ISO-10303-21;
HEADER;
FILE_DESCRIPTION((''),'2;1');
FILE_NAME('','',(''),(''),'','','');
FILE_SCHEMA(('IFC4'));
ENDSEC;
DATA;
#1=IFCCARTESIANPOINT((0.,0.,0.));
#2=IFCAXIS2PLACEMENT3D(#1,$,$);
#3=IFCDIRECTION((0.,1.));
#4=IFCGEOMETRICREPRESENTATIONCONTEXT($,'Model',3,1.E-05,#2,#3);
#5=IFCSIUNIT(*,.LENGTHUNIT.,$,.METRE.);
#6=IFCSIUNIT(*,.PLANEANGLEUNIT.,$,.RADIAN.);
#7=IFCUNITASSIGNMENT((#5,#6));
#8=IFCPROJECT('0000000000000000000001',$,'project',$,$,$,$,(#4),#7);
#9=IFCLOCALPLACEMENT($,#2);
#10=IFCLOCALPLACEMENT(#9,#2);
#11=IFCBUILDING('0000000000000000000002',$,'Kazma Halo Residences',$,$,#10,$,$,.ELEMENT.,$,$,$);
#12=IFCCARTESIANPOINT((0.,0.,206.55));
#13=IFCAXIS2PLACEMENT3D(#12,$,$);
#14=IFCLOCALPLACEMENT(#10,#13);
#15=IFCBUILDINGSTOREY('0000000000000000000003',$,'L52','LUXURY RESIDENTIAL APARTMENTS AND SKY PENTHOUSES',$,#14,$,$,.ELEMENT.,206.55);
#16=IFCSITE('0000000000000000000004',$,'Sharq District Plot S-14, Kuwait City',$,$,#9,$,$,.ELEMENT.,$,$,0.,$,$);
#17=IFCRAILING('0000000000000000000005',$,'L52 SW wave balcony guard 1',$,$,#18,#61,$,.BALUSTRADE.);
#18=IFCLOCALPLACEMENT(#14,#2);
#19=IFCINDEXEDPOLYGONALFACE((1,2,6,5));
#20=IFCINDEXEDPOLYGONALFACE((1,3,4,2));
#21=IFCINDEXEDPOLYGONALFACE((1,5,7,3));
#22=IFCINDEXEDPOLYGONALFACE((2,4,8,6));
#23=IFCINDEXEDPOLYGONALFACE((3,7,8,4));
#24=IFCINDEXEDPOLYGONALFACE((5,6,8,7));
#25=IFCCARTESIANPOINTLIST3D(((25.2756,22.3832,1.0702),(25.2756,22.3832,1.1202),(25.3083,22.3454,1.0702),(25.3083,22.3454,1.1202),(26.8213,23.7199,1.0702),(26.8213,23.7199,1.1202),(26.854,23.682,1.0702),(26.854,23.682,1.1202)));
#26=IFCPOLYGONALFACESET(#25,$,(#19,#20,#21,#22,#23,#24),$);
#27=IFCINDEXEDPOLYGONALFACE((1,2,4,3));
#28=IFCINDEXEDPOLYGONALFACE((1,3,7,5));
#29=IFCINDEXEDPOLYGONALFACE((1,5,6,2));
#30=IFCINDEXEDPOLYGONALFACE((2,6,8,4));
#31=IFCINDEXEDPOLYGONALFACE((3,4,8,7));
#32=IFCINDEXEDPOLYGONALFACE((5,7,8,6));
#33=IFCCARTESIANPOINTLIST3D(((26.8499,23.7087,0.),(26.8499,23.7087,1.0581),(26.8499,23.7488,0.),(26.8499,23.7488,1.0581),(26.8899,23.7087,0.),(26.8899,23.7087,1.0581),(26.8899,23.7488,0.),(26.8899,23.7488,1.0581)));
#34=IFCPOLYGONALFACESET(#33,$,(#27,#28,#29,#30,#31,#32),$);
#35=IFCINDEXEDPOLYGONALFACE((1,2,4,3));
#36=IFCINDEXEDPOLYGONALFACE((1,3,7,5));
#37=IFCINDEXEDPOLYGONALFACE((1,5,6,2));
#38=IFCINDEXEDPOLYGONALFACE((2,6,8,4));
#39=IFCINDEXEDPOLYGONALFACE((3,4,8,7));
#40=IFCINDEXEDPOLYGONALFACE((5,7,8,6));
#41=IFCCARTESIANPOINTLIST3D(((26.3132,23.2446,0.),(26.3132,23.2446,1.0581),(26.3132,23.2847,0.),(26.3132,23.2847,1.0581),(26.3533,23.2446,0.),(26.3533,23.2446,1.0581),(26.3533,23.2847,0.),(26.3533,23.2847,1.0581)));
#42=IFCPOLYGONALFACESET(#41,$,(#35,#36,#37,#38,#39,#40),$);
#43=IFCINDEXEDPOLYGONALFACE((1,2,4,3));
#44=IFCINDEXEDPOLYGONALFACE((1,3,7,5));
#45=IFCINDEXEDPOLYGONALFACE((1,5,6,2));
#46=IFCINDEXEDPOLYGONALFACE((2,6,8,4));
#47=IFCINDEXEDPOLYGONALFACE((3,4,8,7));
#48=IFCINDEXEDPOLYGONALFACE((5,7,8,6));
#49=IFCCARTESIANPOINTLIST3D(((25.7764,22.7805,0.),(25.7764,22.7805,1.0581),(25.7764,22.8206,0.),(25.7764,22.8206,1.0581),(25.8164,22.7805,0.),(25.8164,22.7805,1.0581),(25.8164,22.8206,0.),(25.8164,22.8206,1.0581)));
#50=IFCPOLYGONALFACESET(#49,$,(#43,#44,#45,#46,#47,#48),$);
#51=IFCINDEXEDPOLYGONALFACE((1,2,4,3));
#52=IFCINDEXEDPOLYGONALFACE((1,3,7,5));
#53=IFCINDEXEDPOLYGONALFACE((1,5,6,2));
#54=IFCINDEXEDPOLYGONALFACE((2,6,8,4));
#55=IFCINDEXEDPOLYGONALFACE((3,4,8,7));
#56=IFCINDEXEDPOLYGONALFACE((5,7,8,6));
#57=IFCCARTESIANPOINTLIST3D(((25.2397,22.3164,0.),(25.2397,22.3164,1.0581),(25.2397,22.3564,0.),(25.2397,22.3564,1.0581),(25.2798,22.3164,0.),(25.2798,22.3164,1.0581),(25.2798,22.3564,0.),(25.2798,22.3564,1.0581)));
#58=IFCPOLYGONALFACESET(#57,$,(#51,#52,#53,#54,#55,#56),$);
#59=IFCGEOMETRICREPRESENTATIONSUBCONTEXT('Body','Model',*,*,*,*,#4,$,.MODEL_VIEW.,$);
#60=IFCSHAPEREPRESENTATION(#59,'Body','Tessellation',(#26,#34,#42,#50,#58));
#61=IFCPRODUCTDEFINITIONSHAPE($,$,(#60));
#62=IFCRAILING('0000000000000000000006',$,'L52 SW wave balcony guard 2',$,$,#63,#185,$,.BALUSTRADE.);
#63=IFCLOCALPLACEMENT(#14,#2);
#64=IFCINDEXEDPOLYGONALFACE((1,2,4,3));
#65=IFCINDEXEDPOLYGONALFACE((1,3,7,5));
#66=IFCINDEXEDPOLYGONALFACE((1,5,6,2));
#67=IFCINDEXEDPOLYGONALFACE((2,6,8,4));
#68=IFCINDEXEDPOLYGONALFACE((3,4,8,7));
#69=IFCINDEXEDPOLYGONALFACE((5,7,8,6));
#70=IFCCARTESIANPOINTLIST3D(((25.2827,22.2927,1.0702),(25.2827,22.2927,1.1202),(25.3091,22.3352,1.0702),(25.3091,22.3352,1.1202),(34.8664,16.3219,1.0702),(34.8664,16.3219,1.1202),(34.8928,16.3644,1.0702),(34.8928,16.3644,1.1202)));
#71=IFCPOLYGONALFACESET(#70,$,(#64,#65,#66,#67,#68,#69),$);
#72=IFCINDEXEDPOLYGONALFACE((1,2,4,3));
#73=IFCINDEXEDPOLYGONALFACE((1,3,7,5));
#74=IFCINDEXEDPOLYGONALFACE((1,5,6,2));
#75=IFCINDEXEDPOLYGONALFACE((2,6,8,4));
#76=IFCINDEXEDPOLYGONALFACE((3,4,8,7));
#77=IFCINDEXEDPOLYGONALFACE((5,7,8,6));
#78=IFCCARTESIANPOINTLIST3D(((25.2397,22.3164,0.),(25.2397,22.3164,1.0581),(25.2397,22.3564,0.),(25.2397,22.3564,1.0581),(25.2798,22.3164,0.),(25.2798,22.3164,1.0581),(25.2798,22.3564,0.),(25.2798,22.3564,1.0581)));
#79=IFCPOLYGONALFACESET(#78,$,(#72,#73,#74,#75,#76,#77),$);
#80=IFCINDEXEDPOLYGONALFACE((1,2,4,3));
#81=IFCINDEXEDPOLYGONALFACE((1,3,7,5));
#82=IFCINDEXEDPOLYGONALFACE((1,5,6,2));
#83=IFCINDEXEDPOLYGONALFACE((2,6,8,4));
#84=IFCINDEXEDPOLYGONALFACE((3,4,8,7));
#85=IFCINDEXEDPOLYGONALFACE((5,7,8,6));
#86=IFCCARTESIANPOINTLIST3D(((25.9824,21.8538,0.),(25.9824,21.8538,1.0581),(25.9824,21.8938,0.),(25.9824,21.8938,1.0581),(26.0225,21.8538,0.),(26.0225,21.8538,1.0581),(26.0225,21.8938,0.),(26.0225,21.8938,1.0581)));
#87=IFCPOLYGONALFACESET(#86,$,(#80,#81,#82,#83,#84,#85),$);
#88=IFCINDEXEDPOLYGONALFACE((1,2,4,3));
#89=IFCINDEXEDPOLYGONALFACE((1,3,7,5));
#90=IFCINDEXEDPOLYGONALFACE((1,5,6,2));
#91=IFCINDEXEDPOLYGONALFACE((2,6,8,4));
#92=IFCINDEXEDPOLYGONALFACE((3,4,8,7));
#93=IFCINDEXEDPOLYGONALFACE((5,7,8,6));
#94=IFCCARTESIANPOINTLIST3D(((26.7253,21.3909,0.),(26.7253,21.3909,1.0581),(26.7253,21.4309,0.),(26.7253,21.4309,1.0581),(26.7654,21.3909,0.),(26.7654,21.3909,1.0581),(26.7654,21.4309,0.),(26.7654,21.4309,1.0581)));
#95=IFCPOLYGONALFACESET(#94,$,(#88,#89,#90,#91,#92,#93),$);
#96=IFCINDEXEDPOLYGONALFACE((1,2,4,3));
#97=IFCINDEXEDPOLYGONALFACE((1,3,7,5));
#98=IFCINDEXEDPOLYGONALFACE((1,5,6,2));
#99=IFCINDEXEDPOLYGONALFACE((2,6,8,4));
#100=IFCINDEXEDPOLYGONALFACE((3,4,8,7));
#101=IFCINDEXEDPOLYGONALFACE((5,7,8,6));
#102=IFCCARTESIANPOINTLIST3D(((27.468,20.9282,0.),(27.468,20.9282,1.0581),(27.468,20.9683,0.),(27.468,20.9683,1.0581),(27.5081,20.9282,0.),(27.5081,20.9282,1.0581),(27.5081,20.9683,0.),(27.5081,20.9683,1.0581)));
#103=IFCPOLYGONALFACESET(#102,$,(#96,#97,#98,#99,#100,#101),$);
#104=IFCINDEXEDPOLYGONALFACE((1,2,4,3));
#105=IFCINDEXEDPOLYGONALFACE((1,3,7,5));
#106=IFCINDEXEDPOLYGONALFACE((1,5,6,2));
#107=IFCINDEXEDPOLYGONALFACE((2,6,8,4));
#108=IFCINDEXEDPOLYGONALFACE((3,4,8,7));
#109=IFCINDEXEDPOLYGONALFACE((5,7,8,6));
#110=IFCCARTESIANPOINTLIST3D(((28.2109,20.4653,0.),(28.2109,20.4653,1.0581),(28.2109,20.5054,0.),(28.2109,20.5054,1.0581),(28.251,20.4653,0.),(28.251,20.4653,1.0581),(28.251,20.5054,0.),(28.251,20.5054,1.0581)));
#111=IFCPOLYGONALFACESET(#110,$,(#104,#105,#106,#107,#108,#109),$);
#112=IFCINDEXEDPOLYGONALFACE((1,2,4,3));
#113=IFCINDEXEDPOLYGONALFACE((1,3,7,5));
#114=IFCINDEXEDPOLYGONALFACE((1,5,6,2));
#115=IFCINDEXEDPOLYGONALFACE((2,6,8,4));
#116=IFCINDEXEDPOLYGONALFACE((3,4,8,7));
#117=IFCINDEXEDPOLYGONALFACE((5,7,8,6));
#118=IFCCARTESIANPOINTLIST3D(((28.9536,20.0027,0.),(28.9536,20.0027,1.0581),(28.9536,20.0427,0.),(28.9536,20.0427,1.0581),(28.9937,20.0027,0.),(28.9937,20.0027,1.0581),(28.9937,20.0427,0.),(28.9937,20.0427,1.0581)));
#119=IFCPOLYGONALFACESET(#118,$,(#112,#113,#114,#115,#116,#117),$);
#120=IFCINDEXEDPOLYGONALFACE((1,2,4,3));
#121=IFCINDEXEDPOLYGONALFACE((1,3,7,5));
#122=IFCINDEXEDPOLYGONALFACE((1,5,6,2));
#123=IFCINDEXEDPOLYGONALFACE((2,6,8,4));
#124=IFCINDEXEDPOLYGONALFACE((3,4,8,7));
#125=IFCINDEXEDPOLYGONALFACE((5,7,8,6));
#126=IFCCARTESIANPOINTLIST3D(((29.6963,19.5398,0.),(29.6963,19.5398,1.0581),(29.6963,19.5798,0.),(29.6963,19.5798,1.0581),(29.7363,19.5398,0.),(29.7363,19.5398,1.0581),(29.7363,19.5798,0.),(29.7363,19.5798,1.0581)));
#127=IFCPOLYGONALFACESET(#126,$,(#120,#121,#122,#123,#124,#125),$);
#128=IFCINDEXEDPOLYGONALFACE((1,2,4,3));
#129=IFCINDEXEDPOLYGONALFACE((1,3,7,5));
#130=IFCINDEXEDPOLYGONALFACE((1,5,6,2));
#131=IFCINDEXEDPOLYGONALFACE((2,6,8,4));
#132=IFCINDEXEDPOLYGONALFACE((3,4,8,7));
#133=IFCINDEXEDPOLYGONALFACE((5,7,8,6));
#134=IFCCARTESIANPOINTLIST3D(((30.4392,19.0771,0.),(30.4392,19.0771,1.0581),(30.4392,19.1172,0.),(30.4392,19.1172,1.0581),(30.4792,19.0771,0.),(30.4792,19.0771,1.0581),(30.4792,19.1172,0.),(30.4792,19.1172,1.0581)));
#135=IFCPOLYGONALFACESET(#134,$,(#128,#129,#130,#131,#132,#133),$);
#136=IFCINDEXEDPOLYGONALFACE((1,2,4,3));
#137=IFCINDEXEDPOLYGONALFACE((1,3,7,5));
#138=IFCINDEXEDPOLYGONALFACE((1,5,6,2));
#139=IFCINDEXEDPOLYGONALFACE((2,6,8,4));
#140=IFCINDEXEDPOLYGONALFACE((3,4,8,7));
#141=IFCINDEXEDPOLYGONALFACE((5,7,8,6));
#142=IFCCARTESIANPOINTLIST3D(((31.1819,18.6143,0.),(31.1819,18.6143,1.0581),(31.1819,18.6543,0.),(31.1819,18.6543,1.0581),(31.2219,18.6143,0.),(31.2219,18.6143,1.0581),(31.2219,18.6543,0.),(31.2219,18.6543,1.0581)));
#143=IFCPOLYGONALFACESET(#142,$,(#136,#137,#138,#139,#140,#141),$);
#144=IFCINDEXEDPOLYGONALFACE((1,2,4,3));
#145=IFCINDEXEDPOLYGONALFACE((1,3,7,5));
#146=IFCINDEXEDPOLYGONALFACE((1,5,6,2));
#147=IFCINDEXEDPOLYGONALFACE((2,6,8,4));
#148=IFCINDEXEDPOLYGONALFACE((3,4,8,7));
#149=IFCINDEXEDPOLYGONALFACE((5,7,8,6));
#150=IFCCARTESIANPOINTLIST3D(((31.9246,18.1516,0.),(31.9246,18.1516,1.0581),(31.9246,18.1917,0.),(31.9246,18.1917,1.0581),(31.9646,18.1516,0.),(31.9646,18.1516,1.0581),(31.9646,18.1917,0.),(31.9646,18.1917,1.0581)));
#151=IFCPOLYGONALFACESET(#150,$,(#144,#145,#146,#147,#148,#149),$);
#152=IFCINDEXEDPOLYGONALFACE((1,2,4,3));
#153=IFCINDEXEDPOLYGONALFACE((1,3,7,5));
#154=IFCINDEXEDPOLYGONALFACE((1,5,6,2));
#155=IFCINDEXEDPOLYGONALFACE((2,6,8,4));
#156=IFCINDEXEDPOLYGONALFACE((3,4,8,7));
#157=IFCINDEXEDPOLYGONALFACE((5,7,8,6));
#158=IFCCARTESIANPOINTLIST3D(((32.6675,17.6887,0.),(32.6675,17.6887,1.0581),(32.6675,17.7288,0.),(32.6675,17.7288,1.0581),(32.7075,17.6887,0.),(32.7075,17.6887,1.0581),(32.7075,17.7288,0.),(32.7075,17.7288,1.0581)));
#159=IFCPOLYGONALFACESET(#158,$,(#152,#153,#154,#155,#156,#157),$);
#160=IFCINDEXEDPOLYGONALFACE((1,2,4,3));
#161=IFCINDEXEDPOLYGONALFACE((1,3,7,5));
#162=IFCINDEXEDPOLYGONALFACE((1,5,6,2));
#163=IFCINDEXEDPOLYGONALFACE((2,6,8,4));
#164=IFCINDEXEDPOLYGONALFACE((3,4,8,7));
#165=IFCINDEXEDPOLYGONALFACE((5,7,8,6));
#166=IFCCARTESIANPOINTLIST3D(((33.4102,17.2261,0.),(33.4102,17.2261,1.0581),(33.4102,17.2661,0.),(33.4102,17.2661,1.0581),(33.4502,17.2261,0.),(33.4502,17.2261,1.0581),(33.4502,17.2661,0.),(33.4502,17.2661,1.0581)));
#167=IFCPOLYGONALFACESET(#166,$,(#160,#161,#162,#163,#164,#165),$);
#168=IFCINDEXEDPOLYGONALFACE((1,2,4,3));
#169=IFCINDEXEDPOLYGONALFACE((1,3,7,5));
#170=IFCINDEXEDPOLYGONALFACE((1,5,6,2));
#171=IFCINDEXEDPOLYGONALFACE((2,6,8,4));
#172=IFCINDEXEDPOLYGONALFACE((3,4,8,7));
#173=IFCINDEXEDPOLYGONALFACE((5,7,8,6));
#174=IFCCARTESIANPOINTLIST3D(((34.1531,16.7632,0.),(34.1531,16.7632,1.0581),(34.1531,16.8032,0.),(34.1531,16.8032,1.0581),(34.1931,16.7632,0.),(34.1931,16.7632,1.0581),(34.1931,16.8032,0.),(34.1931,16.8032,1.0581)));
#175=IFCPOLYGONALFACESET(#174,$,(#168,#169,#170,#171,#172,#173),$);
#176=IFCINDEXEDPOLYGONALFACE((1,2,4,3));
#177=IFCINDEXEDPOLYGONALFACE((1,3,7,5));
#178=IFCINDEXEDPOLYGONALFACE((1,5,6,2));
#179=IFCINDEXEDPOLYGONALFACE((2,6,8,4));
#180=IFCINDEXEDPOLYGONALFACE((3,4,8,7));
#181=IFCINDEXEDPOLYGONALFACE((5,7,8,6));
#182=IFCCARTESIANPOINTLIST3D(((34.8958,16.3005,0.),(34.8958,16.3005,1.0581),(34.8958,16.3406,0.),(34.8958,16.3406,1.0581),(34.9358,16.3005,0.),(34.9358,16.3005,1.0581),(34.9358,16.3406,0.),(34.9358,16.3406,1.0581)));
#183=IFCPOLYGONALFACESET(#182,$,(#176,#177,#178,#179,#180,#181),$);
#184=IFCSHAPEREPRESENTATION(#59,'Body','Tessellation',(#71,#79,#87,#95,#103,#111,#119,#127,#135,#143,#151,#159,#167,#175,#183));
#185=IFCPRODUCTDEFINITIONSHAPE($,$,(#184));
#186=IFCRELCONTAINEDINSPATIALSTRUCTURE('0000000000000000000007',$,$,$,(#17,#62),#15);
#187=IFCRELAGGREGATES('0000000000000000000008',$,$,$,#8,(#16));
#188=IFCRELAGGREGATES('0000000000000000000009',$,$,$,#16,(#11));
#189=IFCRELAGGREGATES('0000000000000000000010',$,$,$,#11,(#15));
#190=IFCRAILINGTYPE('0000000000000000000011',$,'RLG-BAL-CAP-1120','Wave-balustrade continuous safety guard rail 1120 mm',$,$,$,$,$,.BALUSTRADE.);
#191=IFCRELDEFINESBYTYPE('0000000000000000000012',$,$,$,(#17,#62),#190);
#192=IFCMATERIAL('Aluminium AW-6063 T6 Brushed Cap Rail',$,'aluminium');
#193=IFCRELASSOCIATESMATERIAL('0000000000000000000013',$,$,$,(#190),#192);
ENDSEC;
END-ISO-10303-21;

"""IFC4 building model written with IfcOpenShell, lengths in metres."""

from ifc_helpers import new_model, si_unit, direction, frame, origin, origin_2d, place, context, subcontext, project, spatial, rectangle, extrude, material, type_object, element, save


model = new_model("IFC4")

# Units and contexts
model_context = context("Model", 3, precision=1e-05, world=origin(), true_north=direction((0.0, 1.0)))
body_context = subcontext(model_context, "Body", "Model", "MODEL_VIEW")
ifc_project = project(units=[si_unit("LENGTHUNIT", "METRE"), si_unit("PLANEANGLEUNIT", "RADIAN")], contexts=[model_context])

# Site, building, storey
site_placement = place(None, origin())
site = spatial("IfcSite", under=ifc_project, at=site_placement, Name="Sharq District Plot S-14, Kuwait City", CompositionType="ELEMENT", RefElevation=0.0)
building_placement = place(site_placement, origin())
building = spatial("IfcBuilding", under=site, at=building_placement, Name="Kazma Halo Residences", CompositionType="ELEMENT")
storey_placement = place(building_placement, frame((0.0, 0.0, 206.55)))
storey = spatial("IfcBuildingStorey", under=building, at=storey_placement, Name="L52", Description="LUXURY RESIDENTIAL APARTMENTS AND SKY PENTHOUSES", CompositionType="ELEMENT", Elevation=206.55)

# Railings
ifc_material_1 = material(Name="Aluminium AW-6063 T6 Brushed Cap Rail", Category="aluminium")
railing_type = type_object("IfcRailingType", Name="RLG-BAL-CAP-1120", Description="Wave-balustrade continuous safety guard rail 1120 mm", PredefinedType="BALUSTRADE", material=ifc_material_1)
railing_1_placement = place(storey_placement, frame((26.8699, 23.7288, 0.0)))
element("IfcRailing", 1, at=railing_1_placement, inside=storey, type_object=railing_type, Name="L52 SW wave balcony guard 1", PredefinedType="BALUSTRADE", context=body_context, shape_type="SweptSolid", body=[
    extrude(rectangle(XDim=0.05, YDim=0.05, at=origin_2d()), frame((-0.0322, -0.0278, 1.0952), z_axis=(-0.756408, -0.654101, 0.0), x_axis=(0.654101, -0.756408, 0.0)), (0.0, 0.0, 1.0), 2.0435),
    extrude(rectangle(XDim=0.04, YDim=0.04, at=origin_2d()), origin(), (0.0, 0.0, 1.0), 1.0581),
    extrude(rectangle(XDim=0.04, YDim=0.04, at=origin_2d()), frame((-0.5366, -0.4641, 0.0)), (0.0, 0.0, 1.0), 1.0581),
    extrude(rectangle(XDim=0.04, YDim=0.04, at=origin_2d()), frame((-1.0735, -0.9282, 0.0)), (0.0, 0.0, 1.0), 1.0581),
    extrude(rectangle(XDim=0.04, YDim=0.04, at=origin_2d()), frame((-1.6101, -1.3923, 0.0)), (0.0, 0.0, 1.0), 1.0581),
])
railing_2_placement = place(storey_placement, frame((25.2598, 22.3364, 0.0)))
element("IfcRailing", 2, at=railing_2_placement, inside=storey, type_object=railing_type, Name="L52 SW wave balcony guard 2", PredefinedType="BALUSTRADE", context=body_context, shape_type="SweptSolid", body=[
    extrude(rectangle(XDim=0.05, YDim=0.05, at=origin_2d()), frame((0.0361, -0.0225, 1.0952), z_axis=(0.848753, -0.528789, 0.0), x_axis=(0.528789, 0.848753, 0.0)), (0.0, 0.0, 1.0), 11.2915),
    extrude(rectangle(XDim=0.04, YDim=0.04, at=origin_2d()), origin(), (0.0, 0.0, 1.0), 1.0581),
    extrude(rectangle(XDim=0.04, YDim=0.04, at=origin_2d()), frame((0.7427, -0.4626, 0.0)), (0.0, 0.0, 1.0), 1.0581),
    extrude(rectangle(XDim=0.04, YDim=0.04, at=origin_2d()), frame((1.4856, -0.9255, 0.0)), (0.0, 0.0, 1.0), 1.0581),
    extrude(rectangle(XDim=0.04, YDim=0.04, at=origin_2d()), frame((2.2283, -1.3882, 0.0)), (0.0, 0.0, 1.0), 1.0581),
    extrude(rectangle(XDim=0.04, YDim=0.04, at=origin_2d()), frame((2.9712, -1.8511, 0.0)), (0.0, 0.0, 1.0), 1.0581),
    extrude(rectangle(XDim=0.04, YDim=0.04, at=origin_2d()), frame((3.7139, -2.3137, 0.0)), (0.0, 0.0, 1.0), 1.0581),
    extrude(rectangle(XDim=0.04, YDim=0.04, at=origin_2d()), frame((4.4565, -2.7766, 0.0)), (0.0, 0.0, 1.0), 1.0581),
    extrude(rectangle(XDim=0.04, YDim=0.04, at=origin_2d()), frame((5.1995, -3.2393, 0.0)), (0.0, 0.0, 1.0), 1.0581),
    extrude(rectangle(XDim=0.04, YDim=0.04, at=origin_2d()), frame((5.9421, -3.7021, 0.0)), (0.0, 0.0, 1.0), 1.0581),
    extrude(rectangle(XDim=0.04, YDim=0.04, at=origin_2d()), frame((6.6848, -4.1648, 0.0)), (0.0, 0.0, 1.0), 1.0581),
    extrude(rectangle(XDim=0.04, YDim=0.04, at=origin_2d()), frame((7.4277, -4.6277, 0.0)), (0.0, 0.0, 1.0), 1.0581),
    extrude(rectangle(XDim=0.04, YDim=0.04, at=origin_2d()), frame((8.1704, -5.0903, 0.0)), (0.0, 0.0, 1.0), 1.0581),
    extrude(rectangle(XDim=0.04, YDim=0.04, at=origin_2d()), frame((8.9133, -5.5532, 0.0)), (0.0, 0.0, 1.0), 1.0581),
    extrude(rectangle(XDim=0.04, YDim=0.04, at=origin_2d()), frame((9.656, -6.0159, 0.0)), (0.0, 0.0, 1.0), 1.0581),
])

save(model, "model.ifc")
